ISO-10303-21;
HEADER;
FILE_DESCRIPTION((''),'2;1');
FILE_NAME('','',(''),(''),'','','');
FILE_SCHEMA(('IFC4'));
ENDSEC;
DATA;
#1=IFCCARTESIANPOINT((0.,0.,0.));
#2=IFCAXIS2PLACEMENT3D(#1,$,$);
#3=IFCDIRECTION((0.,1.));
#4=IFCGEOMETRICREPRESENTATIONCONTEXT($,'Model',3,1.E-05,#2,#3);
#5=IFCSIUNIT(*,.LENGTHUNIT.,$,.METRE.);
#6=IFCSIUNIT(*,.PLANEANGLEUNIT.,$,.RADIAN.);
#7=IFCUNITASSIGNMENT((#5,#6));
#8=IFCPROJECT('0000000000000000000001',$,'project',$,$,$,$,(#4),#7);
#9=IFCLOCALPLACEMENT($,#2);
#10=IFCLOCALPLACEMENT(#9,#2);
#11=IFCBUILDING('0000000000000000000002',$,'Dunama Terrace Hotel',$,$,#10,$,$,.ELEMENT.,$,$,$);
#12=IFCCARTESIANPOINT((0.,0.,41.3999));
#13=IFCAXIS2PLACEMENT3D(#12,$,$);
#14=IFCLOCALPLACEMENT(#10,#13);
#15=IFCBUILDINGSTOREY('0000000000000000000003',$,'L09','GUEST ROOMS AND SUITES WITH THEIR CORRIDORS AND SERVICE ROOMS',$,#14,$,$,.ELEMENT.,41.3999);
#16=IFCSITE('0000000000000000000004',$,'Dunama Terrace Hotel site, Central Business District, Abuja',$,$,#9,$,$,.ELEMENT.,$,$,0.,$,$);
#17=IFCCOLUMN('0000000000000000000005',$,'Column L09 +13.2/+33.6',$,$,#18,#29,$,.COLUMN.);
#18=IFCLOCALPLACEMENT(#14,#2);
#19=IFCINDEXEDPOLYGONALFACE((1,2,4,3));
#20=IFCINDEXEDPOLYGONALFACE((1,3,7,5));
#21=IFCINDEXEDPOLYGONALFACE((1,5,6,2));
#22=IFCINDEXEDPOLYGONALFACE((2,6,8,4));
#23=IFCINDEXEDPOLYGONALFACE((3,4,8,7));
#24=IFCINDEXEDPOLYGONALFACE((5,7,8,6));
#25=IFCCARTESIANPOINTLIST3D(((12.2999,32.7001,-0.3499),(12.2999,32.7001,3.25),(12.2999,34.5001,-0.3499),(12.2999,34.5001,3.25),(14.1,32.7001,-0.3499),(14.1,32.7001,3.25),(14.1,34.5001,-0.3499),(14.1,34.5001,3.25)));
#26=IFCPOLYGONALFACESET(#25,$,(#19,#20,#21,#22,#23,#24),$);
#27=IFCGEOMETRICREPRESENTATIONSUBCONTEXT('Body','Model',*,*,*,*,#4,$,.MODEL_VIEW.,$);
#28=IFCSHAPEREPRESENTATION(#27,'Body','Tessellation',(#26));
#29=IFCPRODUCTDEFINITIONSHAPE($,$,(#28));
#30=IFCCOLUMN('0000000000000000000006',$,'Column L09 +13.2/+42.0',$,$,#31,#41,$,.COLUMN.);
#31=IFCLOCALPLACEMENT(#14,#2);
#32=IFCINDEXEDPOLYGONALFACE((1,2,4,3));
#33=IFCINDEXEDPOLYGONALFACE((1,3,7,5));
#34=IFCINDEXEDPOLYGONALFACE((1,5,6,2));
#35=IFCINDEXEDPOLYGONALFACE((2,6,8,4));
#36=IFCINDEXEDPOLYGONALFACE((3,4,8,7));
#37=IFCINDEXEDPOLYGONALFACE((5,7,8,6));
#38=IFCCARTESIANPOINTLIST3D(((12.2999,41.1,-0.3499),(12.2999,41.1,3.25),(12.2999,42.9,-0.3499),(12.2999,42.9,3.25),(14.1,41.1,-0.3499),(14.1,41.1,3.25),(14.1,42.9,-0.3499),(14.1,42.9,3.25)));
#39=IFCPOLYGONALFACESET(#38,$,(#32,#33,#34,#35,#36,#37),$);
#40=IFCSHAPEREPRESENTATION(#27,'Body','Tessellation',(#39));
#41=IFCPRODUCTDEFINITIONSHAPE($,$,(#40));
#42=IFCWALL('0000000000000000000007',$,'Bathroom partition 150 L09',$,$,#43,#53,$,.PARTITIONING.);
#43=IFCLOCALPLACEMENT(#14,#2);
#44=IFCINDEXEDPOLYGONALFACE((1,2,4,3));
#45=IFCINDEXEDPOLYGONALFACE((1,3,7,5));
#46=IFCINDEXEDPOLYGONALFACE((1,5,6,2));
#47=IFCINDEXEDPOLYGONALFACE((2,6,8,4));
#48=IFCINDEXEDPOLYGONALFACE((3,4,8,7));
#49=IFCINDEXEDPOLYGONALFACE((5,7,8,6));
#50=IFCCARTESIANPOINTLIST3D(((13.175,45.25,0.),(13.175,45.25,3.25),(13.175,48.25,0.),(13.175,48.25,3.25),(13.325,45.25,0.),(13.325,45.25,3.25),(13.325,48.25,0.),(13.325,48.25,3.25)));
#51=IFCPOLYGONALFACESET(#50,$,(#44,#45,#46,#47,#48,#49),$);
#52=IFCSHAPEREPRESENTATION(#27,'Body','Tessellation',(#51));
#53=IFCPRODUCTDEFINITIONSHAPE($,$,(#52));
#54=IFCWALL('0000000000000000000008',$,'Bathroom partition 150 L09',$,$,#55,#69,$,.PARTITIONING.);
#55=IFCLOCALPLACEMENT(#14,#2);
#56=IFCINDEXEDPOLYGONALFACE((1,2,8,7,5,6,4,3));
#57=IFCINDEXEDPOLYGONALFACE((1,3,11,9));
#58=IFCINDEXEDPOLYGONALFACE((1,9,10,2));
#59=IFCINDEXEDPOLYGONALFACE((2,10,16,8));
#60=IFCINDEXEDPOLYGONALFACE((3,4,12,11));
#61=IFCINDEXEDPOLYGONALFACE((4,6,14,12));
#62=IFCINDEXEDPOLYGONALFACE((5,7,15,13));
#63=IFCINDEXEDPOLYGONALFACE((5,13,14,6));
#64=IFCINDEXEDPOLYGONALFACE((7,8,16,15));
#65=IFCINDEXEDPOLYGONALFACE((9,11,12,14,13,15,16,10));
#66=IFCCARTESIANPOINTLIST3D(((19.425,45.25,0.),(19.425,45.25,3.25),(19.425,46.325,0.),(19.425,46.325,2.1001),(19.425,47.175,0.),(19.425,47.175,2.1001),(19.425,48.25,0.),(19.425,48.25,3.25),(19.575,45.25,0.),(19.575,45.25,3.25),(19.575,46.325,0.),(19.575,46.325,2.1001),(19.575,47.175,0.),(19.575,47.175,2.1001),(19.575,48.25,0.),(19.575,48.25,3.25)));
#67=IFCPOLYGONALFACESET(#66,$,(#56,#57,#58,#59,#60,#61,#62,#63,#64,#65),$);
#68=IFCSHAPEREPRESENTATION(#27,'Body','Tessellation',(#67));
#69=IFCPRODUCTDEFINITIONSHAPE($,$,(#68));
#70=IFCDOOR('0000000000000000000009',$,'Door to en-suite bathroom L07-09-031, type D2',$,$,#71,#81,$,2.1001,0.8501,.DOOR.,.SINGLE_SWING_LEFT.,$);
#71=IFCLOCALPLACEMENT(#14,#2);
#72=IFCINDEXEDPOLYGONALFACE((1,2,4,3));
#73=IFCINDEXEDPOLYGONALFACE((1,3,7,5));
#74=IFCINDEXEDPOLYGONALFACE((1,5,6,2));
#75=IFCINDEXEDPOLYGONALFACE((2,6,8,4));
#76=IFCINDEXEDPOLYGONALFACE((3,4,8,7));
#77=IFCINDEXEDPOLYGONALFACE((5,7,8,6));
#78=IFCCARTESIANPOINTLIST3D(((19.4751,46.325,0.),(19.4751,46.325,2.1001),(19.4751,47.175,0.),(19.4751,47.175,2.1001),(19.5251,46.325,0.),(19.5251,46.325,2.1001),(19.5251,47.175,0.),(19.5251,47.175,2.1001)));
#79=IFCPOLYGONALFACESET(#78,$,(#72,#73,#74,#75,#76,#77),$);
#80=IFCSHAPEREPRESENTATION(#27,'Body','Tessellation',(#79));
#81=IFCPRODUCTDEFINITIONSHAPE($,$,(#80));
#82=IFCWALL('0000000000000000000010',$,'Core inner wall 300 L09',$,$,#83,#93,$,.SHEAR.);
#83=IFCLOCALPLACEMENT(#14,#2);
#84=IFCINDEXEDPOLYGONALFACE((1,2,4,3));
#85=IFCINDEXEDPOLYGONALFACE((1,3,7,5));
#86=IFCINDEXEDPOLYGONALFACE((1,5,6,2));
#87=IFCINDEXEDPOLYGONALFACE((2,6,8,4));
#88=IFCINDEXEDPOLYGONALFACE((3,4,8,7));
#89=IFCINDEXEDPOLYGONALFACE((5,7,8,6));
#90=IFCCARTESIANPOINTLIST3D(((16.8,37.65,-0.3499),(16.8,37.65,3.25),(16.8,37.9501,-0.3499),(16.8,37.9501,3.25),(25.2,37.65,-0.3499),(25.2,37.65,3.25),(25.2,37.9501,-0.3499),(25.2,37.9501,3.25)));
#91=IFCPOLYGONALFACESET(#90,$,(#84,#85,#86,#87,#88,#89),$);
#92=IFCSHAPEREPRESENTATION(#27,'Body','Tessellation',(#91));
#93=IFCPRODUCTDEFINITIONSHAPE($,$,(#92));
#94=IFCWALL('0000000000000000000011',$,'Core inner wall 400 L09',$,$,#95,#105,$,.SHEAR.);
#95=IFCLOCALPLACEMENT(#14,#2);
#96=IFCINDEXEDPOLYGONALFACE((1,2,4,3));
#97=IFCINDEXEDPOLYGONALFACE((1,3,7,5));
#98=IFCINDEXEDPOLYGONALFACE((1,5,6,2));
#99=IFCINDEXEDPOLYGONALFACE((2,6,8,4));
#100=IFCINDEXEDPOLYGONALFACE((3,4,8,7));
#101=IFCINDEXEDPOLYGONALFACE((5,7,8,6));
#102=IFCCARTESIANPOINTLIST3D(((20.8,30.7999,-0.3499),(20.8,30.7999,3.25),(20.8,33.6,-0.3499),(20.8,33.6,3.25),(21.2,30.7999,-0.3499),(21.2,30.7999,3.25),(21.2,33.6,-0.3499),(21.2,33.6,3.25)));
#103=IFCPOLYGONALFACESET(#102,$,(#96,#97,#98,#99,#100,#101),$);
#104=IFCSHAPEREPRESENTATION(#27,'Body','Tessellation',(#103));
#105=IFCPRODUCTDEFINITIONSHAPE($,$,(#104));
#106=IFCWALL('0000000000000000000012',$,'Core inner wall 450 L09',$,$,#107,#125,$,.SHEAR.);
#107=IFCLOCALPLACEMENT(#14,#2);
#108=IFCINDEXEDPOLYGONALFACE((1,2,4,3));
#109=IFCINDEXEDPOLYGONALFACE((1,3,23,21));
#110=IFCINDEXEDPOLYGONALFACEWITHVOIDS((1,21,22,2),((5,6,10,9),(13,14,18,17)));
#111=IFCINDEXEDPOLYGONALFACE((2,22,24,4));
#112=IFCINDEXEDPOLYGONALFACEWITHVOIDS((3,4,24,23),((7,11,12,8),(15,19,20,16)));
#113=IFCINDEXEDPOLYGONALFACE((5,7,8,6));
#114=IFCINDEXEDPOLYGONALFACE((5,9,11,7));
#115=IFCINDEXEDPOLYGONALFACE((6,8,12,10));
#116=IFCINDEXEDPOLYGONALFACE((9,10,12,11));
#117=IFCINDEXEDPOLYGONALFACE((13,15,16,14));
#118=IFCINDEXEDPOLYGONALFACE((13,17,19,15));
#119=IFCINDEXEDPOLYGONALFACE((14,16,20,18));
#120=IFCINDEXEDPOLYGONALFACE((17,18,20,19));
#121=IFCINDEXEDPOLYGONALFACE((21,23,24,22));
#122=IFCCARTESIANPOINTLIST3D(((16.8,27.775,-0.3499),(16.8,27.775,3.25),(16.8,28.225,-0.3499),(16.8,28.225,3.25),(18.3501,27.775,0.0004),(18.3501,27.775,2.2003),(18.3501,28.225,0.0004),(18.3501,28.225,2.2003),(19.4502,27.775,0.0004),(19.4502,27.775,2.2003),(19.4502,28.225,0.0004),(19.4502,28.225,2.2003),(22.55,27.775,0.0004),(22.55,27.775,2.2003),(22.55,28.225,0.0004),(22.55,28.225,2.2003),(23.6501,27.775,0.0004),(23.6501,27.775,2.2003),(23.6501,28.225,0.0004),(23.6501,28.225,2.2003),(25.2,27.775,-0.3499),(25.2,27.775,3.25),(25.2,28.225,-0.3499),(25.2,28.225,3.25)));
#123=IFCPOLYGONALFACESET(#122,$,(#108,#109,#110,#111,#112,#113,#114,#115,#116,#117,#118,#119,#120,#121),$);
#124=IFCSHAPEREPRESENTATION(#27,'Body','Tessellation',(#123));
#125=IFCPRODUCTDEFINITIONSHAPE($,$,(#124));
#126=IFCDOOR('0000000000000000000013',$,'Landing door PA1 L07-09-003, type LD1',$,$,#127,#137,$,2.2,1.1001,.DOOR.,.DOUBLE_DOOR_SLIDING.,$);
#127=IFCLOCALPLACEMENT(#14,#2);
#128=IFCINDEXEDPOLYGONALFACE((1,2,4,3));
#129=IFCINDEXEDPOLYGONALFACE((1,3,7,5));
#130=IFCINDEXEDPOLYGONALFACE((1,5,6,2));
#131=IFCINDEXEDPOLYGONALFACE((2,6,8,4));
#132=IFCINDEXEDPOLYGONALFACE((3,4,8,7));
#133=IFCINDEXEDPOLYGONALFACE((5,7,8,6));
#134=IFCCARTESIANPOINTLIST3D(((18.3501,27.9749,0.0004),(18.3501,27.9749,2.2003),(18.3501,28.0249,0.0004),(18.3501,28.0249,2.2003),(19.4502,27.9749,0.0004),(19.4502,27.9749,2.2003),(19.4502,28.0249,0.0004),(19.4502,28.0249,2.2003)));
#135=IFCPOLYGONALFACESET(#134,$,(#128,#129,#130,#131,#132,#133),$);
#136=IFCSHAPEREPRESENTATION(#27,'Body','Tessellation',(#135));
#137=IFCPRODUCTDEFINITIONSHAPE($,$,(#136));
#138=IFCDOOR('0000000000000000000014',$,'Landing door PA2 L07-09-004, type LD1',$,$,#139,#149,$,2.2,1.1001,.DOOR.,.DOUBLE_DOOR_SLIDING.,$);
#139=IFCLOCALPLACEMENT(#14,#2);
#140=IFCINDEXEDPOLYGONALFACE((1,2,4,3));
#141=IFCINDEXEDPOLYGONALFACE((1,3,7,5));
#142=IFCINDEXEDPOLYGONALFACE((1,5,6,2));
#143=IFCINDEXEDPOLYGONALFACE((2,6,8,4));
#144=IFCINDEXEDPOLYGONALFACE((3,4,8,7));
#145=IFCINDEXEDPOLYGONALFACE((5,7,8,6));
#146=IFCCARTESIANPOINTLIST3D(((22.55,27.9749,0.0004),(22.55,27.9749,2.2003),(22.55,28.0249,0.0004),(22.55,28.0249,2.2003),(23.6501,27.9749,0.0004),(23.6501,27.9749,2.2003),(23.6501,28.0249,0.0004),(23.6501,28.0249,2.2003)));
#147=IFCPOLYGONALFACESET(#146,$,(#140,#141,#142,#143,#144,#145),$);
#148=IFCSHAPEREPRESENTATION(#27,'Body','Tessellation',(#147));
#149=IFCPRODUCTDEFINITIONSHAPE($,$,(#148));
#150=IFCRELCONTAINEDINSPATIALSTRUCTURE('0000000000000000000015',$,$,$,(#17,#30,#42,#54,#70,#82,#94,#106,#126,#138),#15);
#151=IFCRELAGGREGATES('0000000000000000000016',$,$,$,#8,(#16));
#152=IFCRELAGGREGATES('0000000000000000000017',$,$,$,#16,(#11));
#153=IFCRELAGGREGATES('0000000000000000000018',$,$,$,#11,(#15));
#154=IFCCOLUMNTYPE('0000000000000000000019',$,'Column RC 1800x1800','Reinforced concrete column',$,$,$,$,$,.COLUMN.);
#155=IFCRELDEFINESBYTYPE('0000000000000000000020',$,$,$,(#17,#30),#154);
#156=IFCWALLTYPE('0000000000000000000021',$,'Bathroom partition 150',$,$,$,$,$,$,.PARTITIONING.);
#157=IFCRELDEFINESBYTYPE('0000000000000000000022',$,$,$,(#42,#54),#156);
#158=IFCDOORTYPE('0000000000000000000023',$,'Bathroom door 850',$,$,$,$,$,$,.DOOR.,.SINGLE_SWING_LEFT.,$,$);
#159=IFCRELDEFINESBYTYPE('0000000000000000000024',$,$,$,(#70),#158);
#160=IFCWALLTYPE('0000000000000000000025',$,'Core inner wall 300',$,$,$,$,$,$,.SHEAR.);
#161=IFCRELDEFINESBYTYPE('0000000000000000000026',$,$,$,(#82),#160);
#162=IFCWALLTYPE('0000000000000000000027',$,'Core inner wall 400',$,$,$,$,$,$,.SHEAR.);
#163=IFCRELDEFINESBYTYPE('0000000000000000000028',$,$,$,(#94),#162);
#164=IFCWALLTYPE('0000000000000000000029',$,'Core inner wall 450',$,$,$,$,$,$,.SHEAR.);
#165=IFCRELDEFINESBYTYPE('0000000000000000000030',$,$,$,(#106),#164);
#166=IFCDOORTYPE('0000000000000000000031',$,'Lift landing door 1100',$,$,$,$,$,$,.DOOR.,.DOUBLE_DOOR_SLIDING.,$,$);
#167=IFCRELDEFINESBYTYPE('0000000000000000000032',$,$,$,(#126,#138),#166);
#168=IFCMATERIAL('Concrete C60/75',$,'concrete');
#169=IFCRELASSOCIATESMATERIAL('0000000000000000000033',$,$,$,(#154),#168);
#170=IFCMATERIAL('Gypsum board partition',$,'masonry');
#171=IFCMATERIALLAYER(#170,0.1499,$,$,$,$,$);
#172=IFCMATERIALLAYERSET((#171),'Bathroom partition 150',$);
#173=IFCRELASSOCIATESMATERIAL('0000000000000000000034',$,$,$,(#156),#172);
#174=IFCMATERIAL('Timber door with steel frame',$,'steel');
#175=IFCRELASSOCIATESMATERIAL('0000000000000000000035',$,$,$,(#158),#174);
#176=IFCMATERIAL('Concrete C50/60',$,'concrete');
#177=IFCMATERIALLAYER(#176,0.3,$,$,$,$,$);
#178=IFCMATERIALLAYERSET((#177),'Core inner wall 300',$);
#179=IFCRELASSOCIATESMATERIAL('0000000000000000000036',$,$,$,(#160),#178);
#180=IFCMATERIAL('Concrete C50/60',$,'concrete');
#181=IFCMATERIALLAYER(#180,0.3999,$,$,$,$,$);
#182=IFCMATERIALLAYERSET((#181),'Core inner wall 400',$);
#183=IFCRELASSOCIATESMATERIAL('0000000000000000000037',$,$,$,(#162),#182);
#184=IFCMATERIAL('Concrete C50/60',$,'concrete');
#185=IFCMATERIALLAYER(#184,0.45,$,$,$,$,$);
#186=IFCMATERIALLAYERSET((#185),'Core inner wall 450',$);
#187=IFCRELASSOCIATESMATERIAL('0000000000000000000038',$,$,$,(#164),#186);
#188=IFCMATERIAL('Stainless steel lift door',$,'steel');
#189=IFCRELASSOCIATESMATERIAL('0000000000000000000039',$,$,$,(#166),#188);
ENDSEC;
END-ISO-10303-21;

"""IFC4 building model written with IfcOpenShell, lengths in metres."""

from ifc_helpers import new_model, si_unit, direction, frame, frame_2d, origin, origin_2d, place, context, subcontext, project, spatial, rectangle, extrude, material, layer, layer_set, material_profile, profile_set, type_object, element, fill, save


model = new_model("IFC4")

# Units and contexts
model_context = context("Model", 3, precision=1e-05, world=origin(), true_north=direction((0.0, 1.0)))
body_context = subcontext(model_context, "Body", "Model", "MODEL_VIEW")
ifc_project = project(units=[si_unit("LENGTHUNIT", "METRE"), si_unit("PLANEANGLEUNIT", "RADIAN")], contexts=[model_context])

# Site, building, storey
site_placement = place(None, origin())
site = spatial("IfcSite", under=ifc_project, at=site_placement, Name="Dunama Terrace Hotel site, Central Business District, Abuja", CompositionType="ELEMENT", RefElevation=0.0)
building_placement = place(site_placement, origin())
building = spatial("IfcBuilding", under=site, at=building_placement, Name="Dunama Terrace Hotel", CompositionType="ELEMENT")
storey_placement = place(building_placement, frame((0.0, 0.0, 41.3999)))
storey = spatial("IfcBuildingStorey", under=building, at=storey_placement, Name="L09", Description="GUEST ROOMS AND SUITES WITH THEIR CORRIDORS AND SERVICE ROOMS", CompositionType="ELEMENT", Elevation=41.3999)

# Columns
ifc_material_1 = material(Name="Concrete C60/75", Category="concrete")
ifc_material_profile = material_profile(ifc_material_1, rectangle(XDim=1.8, YDim=1.8, at=origin_2d()), Name="RC 1800x1800")
ifc_profile_set = profile_set([ifc_material_profile], Name="Concrete C60/75")
column_type = type_object("IfcColumnType", Name="Column RC 1800x1800", Description="Reinforced concrete column", PredefinedType="COLUMN", material=ifc_profile_set)
for number, where, z_axis, x_axis, name in (
    (1, (13.2, 33.6001, -0.3499), (0.0, 0.0, 1.0), (1.0, 0.0, 0.0), "Column L09 +13.2/+33.6"),
    (2, (13.2, 42.0, -0.3499), (0.0, 0.0, 1.0), (1.0, 0.0, 0.0), "Column L09 +13.2/+42.0"),
):
    element("IfcColumn", number, at=place(storey_placement, frame(where, z_axis=z_axis, x_axis=x_axis)), inside=storey, type_object=column_type, Name=name, PredefinedType="COLUMN", context=body_context, shape_type="SweptSolid", body=[
        extrude(rectangle(XDim=1.8, YDim=1.8, at=origin_2d()), origin(), (0.0, 0.0, 1.0), 3.5999),
    ])

# Wall
ifc_material_2 = material(Name="Gypsum board partition", Category="masonry")
ifc_layer_1 = layer(ifc_material_2, 0.1499)
ifc_layer_set_1 = layer_set([ifc_layer_1], Name="Bathroom partition 150")
wall_type_1 = type_object("IfcWallType", Name="Bathroom partition 150", PredefinedType="PARTITIONING", material=ifc_layer_set_1)
wall_1_placement = place(storey_placement, frame((13.25, 45.25, 0.0), z_axis=(0.0, 0.0, 1.0), x_axis=(0.0, 1.0, 0.0)))
element("IfcWall", 3, at=wall_1_placement, inside=storey, type_object=wall_type_1, Name="Bathroom partition 150 L09", PredefinedType="PARTITIONING", context=body_context, shape_type="SweptSolid", body=[
    extrude(rectangle(XDim=3.0, YDim=0.1499, at=frame_2d((1.5, 0.0))), origin(), (0.0, 0.0, 1.0), 3.25),
])

# Wall, opening, door
wall_2_placement = place(storey_placement, frame((19.5, 45.25, 0.0), z_axis=(0.0, 0.0, 1.0), x_axis=(0.0, 1.0, 0.0)))
wall_2 = element("IfcWall", 4, at=wall_2_placement, inside=storey, type_object=wall_type_1, Name="Bathroom partition 150 L09", PredefinedType="PARTITIONING", context=body_context, shape_type="SweptSolid", body=[
    extrude(rectangle(XDim=3.0, YDim=0.1499, at=frame_2d((1.5, 0.0))), origin(), (0.0, 0.0, 1.0), 3.25),
])
opening_1_placement = place(wall_2_placement, frame((1.075, 0.0, 0.0)))
opening_1 = element("IfcOpeningElement", 5, at=opening_1_placement, cuts=wall_2, PredefinedType="OPENING", context=body_context, shape_type="SweptSolid", body=[
    extrude(rectangle(XDim=0.8501, YDim=2.1001, at=frame_2d((0.425, 1.05))), frame((0.0, 0.085, 0.0), z_axis=(0.0, -1.0, 0.0), x_axis=(1.0, 0.0, 0.0)), (0.0, 0.0, 1.0), 0.1699),
])
ifc_material_3 = material(Name="Timber door with steel frame", Category="steel")
door_type_1 = type_object("IfcDoorType", Name="Bathroom door 850", OperationType="SINGLE_SWING_LEFT", PredefinedType="DOOR", material=ifc_material_3)
door_1_placement = place(opening_1_placement, origin())
door_1 = element("IfcDoor", 6, at=door_1_placement, inside=storey, type_object=door_type_1, Name="Door to en-suite bathroom L07-09-031, type D2", OperationType="SINGLE_SWING_LEFT", OverallHeight=2.1001, OverallWidth=0.8501, PredefinedType="DOOR", context=body_context, shape_type="SweptSolid", body=[
    extrude(rectangle(XDim=0.8501, YDim=2.1001, at=frame_2d((0.425, 1.05))), frame((0.0, 0.0249, 0.0), z_axis=(0.0, -1.0, 0.0), x_axis=(1.0, 0.0, 0.0)), (0.0, 0.0, 1.0), 0.05),
])
fill(opening_1, door_1)

# Walls
ifc_material_4 = material(Name="Concrete C50/60", Category="concrete")
ifc_layer_2 = layer(ifc_material_4, 0.3)
ifc_layer_set_2 = layer_set([ifc_layer_2], Name="Core inner wall 300")
wall_type_2 = type_object("IfcWallType", Name="Core inner wall 300", PredefinedType="SHEAR", material=ifc_layer_set_2)
wall_3_placement = place(storey_placement, frame((16.8, 37.8, -0.3499), z_axis=(0.0, 0.0, 1.0), x_axis=(1.0, 0.0, 0.0)))
element("IfcWall", 7, at=wall_3_placement, inside=storey, type_object=wall_type_2, Name="Core inner wall 300 L09", PredefinedType="SHEAR", context=body_context, shape_type="SweptSolid", body=[
    extrude(rectangle(XDim=8.3999, YDim=0.3, at=frame_2d((4.2, 0.0))), origin(), (0.0, 0.0, 1.0), 3.5999),
])
ifc_material_5 = material(Name="Concrete C50/60", Category="concrete")
ifc_layer_3 = layer(ifc_material_5, 0.3999)
ifc_layer_set_3 = layer_set([ifc_layer_3], Name="Core inner wall 400")
wall_type_3 = type_object("IfcWallType", Name="Core inner wall 400", PredefinedType="SHEAR", material=ifc_layer_set_3)
wall_4_placement = place(storey_placement, frame((21.0, 30.8, -0.3499), z_axis=(0.0, 0.0, 1.0), x_axis=(0.0, 1.0, 0.0)))
element("IfcWall", 8, at=wall_4_placement, inside=storey, type_object=wall_type_3, Name="Core inner wall 400 L09", PredefinedType="SHEAR", context=body_context, shape_type="SweptSolid", body=[
    extrude(rectangle(XDim=2.8, YDim=0.3999, at=frame_2d((1.3999, 0.0))), origin(), (0.0, 0.0, 1.0), 3.5999),
])

# Wall, openings, doors
ifc_material_6 = material(Name="Concrete C50/60", Category="concrete")
ifc_layer_4 = layer(ifc_material_6, 0.45)
ifc_layer_set_4 = layer_set([ifc_layer_4], Name="Core inner wall 450")
wall_type_4 = type_object("IfcWallType", Name="Core inner wall 450", PredefinedType="SHEAR", material=ifc_layer_set_4)
wall_5_placement = place(storey_placement, frame((16.8, 28.0, -0.3499), z_axis=(0.0, 0.0, 1.0), x_axis=(1.0, 0.0, 0.0)))
wall_5 = element("IfcWall", 9, at=wall_5_placement, inside=storey, type_object=wall_type_4, Name="Core inner wall 450 L09", PredefinedType="SHEAR", context=body_context, shape_type="SweptSolid", body=[
    extrude(rectangle(XDim=8.3999, YDim=0.45, at=frame_2d((4.2, 0.0))), origin(), (0.0, 0.0, 1.0), 3.5999),
])
opening_2_placement = place(wall_5_placement, frame((1.55, 0.0, 0.3501)))
opening_2 = element("IfcOpeningElement", 10, at=opening_2_placement, cuts=wall_5, PredefinedType="OPENING", context=body_context, shape_type="SweptSolid", body=[
    extrude(rectangle(XDim=1.1001, YDim=2.2, at=frame_2d((0.55, 1.1001))), frame((0.0, 0.2349, 0.0), z_axis=(0.0, -1.0, 0.0), x_axis=(1.0, 0.0, 0.0)), (0.0, 0.0, 1.0), 0.47),
])
opening_3_placement = place(wall_5_placement, frame((5.75, 0.0, 0.3501)))
opening_3 = element("IfcOpeningElement", 11, at=opening_3_placement, cuts=wall_5, PredefinedType="OPENING", context=body_context, shape_type="SweptSolid", body=[
    extrude(rectangle(XDim=1.1001, YDim=2.2, at=frame_2d((0.55, 1.1001))), frame((0.0, 0.2349, 0.0), z_axis=(0.0, -1.0, 0.0), x_axis=(1.0, 0.0, 0.0)), (0.0, 0.0, 1.0), 0.47),
])
ifc_material_7 = material(Name="Stainless steel lift door", Category="steel")
door_type_2 = type_object("IfcDoorType", Name="Lift landing door 1100", OperationType="DOUBLE_DOOR_SLIDING", PredefinedType="DOOR", material=ifc_material_7)
door_2_placement = place(opening_2_placement, origin())
door_2 = element("IfcDoor", 12, at=door_2_placement, inside=storey, type_object=door_type_2, Name="Landing door PA1 L07-09-003, type LD1", OperationType="DOUBLE_DOOR_SLIDING", OverallHeight=2.2, OverallWidth=1.1001, PredefinedType="DOOR", context=body_context, shape_type="SweptSolid", body=[
    extrude(rectangle(XDim=1.1001, YDim=2.2, at=frame_2d((0.55, 1.1001))), frame((0.0, 0.0249, 0.0), z_axis=(0.0, -1.0, 0.0), x_axis=(1.0, 0.0, 0.0)), (0.0, 0.0, 1.0), 0.05),
])
fill(opening_2, door_2)
door_3_placement = place(opening_3_placement, origin())
door_3 = element("IfcDoor", 13, at=door_3_placement, inside=storey, type_object=door_type_2, Name="Landing door PA2 L07-09-004, type LD1", OperationType="DOUBLE_DOOR_SLIDING", OverallHeight=2.2, OverallWidth=1.1001, PredefinedType="DOOR", context=body_context, shape_type="SweptSolid", body=[
    extrude(rectangle(XDim=1.1001, YDim=2.2, at=frame_2d((0.55, 1.1001))), frame((0.0, 0.0249, 0.0), z_axis=(0.0, -1.0, 0.0), x_axis=(1.0, 0.0, 0.0)), (0.0, 0.0, 1.0), 0.05),
])
fill(opening_3, door_3)

save(model, "model.ifc")
